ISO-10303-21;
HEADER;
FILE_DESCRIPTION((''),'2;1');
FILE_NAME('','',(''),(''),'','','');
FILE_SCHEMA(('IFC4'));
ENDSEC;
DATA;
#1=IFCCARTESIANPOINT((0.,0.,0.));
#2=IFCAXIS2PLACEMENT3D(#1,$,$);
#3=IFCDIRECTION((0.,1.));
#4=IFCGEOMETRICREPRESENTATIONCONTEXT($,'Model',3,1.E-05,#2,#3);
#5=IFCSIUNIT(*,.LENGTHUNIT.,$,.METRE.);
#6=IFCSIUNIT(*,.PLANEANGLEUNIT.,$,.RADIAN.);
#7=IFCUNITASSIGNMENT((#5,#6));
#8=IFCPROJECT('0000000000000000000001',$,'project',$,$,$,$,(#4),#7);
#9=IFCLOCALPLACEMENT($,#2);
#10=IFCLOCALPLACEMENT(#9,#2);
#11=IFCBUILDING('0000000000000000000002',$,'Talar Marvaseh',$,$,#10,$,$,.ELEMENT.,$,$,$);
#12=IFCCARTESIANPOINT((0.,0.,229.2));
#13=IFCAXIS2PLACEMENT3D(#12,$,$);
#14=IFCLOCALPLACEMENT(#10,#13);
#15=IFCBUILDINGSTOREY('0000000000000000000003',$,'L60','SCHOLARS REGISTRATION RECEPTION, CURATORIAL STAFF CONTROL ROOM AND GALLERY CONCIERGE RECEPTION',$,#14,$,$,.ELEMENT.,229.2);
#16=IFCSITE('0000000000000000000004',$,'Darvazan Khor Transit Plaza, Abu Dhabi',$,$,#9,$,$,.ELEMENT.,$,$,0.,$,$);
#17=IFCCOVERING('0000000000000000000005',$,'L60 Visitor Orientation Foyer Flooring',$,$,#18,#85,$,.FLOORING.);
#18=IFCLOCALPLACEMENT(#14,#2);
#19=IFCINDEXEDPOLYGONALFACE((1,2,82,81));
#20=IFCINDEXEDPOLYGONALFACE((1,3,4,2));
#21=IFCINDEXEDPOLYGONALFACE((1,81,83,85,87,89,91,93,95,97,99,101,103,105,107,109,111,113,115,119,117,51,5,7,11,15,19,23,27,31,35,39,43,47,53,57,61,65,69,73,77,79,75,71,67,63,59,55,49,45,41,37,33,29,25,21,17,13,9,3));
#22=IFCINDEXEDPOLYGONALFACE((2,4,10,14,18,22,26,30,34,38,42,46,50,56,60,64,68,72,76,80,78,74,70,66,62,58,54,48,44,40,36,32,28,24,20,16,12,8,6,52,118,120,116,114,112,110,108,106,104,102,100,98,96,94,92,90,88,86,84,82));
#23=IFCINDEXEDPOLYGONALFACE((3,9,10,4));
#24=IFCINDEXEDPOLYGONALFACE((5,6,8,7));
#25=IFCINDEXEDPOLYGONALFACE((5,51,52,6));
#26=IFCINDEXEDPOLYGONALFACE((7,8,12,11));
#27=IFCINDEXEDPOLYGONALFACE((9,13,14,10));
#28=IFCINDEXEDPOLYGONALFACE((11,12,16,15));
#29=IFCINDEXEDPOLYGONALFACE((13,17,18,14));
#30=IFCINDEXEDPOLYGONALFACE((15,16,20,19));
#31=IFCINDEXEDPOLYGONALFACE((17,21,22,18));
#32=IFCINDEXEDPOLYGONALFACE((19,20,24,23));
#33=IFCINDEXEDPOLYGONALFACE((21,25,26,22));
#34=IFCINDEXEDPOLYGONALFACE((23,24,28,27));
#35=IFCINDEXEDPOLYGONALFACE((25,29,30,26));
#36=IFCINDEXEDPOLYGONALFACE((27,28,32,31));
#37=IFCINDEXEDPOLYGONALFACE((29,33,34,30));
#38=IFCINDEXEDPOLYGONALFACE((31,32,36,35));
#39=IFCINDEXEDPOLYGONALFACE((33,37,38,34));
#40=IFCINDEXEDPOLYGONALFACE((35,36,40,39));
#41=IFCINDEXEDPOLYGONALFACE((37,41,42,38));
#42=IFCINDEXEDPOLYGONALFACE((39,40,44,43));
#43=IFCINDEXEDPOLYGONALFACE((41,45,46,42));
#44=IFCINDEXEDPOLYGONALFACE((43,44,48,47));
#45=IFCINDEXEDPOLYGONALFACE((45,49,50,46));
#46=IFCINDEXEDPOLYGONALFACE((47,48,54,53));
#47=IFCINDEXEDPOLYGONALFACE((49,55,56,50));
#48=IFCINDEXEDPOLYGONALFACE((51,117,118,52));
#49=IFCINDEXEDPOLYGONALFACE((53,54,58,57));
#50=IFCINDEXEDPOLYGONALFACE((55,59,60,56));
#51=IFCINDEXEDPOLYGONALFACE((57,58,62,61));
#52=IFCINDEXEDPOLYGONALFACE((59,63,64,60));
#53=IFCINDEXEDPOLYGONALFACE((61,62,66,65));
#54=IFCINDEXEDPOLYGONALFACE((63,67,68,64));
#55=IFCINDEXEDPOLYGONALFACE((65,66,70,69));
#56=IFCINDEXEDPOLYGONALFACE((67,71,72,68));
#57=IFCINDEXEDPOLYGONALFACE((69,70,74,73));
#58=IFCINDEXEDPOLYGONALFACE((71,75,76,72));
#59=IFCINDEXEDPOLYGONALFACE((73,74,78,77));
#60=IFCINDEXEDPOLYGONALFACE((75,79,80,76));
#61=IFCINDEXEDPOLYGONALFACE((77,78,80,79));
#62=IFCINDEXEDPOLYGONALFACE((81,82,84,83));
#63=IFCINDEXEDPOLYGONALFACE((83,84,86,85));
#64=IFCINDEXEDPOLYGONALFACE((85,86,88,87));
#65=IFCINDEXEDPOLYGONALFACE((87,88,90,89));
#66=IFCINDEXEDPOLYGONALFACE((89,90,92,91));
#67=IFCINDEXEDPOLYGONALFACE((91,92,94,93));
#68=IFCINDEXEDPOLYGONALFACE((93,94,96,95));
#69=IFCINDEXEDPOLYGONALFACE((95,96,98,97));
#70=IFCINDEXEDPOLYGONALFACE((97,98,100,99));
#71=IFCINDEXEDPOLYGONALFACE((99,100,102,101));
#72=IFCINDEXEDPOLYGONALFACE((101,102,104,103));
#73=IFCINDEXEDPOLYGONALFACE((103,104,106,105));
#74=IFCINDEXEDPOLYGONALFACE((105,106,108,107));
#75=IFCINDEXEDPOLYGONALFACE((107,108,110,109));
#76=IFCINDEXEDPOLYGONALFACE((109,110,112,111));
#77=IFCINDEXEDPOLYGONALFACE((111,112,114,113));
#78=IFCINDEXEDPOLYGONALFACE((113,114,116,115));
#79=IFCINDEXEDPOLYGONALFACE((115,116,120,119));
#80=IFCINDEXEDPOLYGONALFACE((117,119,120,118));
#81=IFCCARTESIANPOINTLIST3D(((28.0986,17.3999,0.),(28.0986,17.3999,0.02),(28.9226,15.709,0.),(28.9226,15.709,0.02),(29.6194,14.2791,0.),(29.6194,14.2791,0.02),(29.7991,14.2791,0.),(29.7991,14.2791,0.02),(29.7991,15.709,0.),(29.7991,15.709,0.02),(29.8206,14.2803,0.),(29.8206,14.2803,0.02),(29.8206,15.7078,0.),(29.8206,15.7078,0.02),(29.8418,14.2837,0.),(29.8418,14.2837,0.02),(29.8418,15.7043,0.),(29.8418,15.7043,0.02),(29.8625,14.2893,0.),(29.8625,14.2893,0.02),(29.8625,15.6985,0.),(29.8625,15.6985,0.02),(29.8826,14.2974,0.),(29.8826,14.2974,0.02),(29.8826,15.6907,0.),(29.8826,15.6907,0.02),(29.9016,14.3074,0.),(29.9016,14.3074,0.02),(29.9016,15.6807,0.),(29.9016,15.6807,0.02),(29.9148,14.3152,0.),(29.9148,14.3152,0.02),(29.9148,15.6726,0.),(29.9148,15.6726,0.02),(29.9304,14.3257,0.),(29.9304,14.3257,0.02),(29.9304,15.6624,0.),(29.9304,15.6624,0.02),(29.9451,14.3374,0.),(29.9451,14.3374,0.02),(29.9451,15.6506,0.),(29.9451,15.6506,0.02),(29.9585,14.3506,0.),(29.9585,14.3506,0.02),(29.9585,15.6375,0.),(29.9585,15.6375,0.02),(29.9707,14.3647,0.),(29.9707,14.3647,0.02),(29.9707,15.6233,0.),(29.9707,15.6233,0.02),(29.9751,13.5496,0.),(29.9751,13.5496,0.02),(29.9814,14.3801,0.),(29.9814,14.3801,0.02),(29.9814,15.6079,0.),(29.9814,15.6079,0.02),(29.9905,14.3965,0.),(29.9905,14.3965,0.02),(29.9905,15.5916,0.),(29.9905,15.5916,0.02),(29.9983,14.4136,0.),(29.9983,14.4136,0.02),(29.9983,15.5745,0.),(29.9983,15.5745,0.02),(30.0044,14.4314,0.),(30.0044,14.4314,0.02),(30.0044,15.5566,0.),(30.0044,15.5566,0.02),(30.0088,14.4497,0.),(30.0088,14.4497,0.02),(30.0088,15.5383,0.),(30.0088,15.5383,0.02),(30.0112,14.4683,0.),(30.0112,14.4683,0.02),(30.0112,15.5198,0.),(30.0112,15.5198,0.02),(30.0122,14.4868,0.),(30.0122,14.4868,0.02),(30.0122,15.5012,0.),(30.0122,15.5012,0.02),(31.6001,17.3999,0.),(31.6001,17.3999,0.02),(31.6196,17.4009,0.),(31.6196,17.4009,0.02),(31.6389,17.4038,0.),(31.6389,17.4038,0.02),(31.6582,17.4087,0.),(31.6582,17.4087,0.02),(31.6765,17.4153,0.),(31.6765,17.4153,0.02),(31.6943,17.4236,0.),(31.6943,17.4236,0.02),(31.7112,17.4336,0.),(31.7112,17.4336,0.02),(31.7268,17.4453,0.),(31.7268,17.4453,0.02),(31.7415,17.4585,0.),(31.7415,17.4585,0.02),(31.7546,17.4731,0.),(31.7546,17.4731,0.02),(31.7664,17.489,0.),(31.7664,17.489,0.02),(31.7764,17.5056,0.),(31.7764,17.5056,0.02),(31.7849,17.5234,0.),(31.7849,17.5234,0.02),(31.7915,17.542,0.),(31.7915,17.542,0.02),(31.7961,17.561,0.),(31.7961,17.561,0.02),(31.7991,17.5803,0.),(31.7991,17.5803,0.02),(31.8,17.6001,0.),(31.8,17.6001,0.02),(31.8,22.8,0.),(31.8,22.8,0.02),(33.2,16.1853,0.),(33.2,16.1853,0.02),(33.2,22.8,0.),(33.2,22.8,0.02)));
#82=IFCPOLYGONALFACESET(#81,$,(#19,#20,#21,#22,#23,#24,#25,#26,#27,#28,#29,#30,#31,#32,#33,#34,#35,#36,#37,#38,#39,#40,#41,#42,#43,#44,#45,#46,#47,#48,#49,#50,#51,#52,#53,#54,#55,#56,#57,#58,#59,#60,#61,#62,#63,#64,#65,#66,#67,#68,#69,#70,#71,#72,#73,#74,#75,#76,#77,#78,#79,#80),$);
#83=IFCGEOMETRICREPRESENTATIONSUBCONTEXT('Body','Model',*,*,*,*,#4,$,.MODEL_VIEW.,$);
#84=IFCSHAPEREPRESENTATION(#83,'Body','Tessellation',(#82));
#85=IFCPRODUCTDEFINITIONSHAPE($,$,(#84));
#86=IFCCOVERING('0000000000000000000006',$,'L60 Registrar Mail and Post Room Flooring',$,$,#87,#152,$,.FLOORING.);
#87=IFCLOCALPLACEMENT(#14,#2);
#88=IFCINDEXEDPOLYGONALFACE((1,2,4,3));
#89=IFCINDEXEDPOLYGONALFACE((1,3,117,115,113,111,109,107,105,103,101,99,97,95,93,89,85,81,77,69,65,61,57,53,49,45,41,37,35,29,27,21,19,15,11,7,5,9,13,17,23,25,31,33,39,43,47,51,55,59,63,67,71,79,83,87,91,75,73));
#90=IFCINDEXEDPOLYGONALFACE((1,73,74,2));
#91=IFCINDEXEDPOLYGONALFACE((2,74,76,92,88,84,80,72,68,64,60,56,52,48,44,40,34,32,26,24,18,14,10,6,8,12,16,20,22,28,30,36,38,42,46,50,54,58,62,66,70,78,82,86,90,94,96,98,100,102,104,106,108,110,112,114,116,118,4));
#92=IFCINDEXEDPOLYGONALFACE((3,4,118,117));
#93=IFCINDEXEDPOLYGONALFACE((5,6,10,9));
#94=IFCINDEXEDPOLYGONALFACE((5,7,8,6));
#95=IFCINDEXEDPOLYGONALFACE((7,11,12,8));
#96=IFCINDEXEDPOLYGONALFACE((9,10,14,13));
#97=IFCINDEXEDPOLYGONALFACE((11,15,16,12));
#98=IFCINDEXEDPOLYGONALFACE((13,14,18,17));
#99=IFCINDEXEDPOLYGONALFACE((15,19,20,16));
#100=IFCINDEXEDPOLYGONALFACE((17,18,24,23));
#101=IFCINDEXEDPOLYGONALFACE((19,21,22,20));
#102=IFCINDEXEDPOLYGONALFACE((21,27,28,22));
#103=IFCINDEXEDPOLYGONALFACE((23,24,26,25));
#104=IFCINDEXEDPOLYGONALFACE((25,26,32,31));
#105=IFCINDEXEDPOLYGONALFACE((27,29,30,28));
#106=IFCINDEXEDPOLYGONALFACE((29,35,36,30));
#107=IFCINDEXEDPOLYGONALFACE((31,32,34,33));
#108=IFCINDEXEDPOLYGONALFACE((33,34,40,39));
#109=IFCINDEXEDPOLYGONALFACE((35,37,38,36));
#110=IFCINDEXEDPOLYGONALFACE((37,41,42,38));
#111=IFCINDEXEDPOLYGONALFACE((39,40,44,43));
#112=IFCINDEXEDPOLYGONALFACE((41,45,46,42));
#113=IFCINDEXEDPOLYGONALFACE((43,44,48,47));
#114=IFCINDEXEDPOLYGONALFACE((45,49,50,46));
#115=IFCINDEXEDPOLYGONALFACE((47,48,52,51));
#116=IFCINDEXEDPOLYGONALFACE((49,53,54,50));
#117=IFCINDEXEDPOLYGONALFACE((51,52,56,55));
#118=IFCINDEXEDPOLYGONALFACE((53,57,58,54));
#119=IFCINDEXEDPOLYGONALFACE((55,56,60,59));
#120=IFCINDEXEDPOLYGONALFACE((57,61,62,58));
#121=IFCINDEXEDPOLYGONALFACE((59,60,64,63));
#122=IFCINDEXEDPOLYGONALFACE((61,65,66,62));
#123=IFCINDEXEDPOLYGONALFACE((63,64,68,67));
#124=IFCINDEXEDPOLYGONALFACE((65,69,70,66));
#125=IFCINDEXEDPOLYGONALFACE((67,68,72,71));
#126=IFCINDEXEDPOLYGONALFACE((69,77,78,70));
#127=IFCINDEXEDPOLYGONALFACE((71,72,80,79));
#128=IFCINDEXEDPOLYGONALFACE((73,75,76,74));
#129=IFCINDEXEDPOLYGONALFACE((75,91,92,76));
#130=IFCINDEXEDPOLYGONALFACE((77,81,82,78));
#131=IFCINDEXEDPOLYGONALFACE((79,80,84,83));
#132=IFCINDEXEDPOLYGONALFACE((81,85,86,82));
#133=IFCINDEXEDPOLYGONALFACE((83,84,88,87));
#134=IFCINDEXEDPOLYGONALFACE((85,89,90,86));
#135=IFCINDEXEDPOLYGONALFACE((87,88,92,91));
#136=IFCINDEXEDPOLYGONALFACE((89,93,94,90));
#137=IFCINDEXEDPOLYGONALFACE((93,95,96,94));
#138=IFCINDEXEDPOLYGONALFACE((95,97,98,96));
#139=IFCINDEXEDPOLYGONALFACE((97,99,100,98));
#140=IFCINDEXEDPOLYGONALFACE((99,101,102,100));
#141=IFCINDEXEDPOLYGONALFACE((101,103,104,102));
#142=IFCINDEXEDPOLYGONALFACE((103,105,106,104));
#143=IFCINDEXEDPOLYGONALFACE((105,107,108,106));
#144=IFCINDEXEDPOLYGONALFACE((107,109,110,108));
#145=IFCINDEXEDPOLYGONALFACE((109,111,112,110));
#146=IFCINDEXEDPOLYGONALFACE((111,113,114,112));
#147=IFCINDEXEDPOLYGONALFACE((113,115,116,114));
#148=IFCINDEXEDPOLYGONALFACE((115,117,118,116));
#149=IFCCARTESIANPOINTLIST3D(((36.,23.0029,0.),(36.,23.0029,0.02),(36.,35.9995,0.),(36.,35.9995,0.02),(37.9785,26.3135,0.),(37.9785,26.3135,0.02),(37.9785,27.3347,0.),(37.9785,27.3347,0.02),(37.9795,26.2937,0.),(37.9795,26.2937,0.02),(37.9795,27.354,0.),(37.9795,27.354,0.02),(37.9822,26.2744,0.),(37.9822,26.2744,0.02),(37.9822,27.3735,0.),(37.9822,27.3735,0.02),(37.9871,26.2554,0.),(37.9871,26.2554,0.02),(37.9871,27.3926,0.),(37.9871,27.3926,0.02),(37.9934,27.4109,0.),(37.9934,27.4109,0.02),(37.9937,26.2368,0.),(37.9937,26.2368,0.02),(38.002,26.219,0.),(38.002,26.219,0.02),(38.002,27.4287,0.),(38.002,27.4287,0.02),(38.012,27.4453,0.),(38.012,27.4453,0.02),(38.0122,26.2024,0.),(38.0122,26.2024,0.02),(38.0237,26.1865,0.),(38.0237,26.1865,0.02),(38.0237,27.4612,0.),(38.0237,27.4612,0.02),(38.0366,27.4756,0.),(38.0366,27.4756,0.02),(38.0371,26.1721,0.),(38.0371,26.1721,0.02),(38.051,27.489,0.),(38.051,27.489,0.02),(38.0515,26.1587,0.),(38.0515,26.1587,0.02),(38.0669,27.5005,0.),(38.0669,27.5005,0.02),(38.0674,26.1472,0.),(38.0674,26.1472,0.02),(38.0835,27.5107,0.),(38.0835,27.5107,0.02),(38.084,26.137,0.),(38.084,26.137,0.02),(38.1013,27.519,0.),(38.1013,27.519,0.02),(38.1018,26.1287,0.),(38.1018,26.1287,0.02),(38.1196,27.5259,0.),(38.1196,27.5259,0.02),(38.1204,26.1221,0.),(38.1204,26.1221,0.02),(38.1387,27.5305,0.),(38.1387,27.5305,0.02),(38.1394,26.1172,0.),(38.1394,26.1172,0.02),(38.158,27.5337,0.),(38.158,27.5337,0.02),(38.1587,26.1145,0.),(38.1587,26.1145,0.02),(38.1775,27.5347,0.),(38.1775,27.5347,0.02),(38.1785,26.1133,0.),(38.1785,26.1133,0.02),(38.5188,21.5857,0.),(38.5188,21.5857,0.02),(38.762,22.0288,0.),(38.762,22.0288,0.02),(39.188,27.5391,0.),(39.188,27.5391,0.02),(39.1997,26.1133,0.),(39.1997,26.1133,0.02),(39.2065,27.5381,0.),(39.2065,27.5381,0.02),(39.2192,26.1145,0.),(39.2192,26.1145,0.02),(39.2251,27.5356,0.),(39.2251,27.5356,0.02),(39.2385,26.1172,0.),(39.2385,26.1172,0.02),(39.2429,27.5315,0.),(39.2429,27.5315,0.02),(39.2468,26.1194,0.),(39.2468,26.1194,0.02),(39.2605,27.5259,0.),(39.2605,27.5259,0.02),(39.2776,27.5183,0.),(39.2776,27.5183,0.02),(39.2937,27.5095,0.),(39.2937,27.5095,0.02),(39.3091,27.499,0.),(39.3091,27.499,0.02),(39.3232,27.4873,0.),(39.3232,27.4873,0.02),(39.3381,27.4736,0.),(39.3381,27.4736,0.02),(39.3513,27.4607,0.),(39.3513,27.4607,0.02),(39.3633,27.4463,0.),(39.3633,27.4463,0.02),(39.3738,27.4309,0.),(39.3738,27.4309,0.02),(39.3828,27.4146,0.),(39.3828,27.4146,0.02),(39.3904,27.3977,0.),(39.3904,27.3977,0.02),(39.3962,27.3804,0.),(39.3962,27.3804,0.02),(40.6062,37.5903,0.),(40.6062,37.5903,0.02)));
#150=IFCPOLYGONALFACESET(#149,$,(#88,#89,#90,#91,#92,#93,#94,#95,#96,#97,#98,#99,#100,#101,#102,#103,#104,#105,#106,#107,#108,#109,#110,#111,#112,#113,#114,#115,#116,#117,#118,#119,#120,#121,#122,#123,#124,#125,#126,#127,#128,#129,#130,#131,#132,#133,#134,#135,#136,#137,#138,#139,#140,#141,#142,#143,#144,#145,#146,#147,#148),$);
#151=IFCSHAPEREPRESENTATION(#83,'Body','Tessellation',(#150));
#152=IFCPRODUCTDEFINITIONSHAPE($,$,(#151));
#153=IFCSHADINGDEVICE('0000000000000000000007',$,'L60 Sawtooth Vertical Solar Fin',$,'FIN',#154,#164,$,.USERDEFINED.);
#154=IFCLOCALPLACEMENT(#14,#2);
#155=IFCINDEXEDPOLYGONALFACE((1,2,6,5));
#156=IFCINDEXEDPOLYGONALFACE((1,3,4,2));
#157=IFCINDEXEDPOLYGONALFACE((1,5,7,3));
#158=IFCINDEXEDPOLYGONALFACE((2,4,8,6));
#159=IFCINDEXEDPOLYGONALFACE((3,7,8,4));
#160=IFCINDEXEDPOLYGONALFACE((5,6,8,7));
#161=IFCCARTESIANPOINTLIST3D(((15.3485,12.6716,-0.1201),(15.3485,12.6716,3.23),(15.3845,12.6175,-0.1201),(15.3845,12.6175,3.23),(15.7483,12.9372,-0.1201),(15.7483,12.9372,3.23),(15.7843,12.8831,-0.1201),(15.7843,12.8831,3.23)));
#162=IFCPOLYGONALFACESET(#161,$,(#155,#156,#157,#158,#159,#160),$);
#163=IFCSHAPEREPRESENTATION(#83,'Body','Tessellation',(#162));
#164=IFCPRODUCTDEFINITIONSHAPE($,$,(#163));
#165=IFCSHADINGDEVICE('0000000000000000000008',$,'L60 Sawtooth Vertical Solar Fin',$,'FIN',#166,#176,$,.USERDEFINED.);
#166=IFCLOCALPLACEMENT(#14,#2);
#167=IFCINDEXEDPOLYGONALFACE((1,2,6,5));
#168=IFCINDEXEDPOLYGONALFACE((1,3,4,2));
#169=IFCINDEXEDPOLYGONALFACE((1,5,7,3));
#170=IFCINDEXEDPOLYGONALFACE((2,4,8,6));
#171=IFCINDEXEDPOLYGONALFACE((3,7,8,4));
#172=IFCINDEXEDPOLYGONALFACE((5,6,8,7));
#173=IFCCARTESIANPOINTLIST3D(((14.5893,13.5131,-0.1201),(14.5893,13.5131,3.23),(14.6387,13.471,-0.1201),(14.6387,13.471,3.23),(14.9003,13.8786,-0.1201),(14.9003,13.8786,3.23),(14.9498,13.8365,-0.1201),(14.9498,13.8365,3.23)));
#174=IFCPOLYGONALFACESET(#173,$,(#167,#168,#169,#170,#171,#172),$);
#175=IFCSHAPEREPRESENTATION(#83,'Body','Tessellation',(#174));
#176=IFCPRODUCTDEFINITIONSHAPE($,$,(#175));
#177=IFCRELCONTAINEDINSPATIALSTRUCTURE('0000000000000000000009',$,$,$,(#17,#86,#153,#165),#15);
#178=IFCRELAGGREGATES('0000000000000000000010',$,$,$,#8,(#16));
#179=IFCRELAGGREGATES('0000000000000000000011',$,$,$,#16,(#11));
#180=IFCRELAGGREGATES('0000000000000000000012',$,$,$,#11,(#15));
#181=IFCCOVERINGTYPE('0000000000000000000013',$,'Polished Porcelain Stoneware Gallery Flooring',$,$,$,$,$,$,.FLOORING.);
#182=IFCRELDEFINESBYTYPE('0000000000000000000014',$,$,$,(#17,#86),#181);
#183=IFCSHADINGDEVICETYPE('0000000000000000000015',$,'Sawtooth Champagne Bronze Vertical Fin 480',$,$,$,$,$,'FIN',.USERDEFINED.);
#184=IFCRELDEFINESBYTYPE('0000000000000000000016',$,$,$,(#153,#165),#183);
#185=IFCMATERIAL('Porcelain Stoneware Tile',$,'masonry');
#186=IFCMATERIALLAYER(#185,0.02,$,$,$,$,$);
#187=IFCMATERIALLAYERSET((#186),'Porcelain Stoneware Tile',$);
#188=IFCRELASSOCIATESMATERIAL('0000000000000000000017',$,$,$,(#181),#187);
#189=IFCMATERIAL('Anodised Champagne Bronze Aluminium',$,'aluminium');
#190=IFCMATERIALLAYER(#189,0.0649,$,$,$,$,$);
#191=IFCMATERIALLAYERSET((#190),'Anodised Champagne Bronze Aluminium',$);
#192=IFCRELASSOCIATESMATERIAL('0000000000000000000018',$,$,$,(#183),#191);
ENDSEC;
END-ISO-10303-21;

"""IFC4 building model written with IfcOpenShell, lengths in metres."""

from ifc_helpers import new_model, si_unit, direction, frame, origin, origin_2d, place, context, subcontext, project, spatial, polyline, rectangle, outline, extrude, source, transform, mapped, material, layer, layer_set, type_object, type_shapes, element, save


model = new_model("IFC4")

# Units and contexts
model_context = context("Model", 3, precision=1e-05, world=origin(), true_north=direction((0.0, 1.0)))
body_context = subcontext(model_context, "Body", "Model", "MODEL_VIEW")
ifc_project = project(units=[si_unit("LENGTHUNIT", "METRE"), si_unit("PLANEANGLEUNIT", "RADIAN")], contexts=[model_context])

# Site, building, storey
site_placement = place(None, origin())
site = spatial("IfcSite", under=ifc_project, at=site_placement, Name="Darvazan Khor Transit Plaza, Abu Dhabi", CompositionType="ELEMENT", RefElevation=0.0)
building_placement = place(site_placement, origin())
building = spatial("IfcBuilding", under=site, at=building_placement, Name="Talar Marvaseh", CompositionType="ELEMENT")
storey_placement = place(building_placement, frame((0.0, 0.0, 229.2)))
storey = spatial("IfcBuildingStorey", under=building, at=storey_placement, Name="L60", Description="SCHOLARS REGISTRATION RECEPTION, CURATORIAL STAFF CONTROL ROOM AND GALLERY CONCIERGE RECEPTION", CompositionType="ELEMENT", Elevation=229.2)

# Coverings
ifc_material_1 = material(Name="Porcelain Stoneware Tile", Category="masonry")
ifc_layer_1 = layer(ifc_material_1, 0.02)
ifc_layer_set_1 = layer_set([ifc_layer_1], Name="Porcelain Stoneware Tile")
covering_type_1 = type_object("IfcCoveringType", Name="Polished Porcelain Stoneware Gallery Flooring", PredefinedType="FLOORING", material=ifc_layer_set_1)
covering_1_placement = place(storey_placement, origin())
element("IfcCovering", 1, at=covering_1_placement, inside=storey, type_object=covering_type_1, Name="L60 Visitor Orientation Foyer Flooring", PredefinedType="FLOORING", context=body_context, shape_type="SweptSolid", body=[
    extrude(outline(polyline([(29.7991, 14.2791), (29.8206, 14.2803), (29.8418, 14.2837), (29.8625, 14.2893), (29.8826, 14.2974), (29.9016, 14.3074), (29.9148, 14.3152), (29.9304, 14.3257), (29.9451, 14.3374), (29.9585, 14.3506), (29.9707, 14.3647), (29.9814, 14.3801), (29.9905, 14.3965), (29.9983, 14.4136), (30.0044, 14.4314), (30.0088, 14.4497), (30.0112, 14.4683), (30.0122, 14.4868), (30.0122, 15.5012), (30.0112, 15.5198), (30.0088, 15.5383), (30.0044, 15.5566), (29.9983, 15.5745), (29.9905, 15.5916), (29.9814, 15.6079), (29.9707, 15.6233), (29.9585, 15.6375), (29.9451, 15.6506), (29.9304, 15.6624), (29.9148, 15.6726), (29.9016, 15.6807), (29.8826, 15.6907), (29.8625, 15.6985), (29.8418, 15.7043), (29.8206, 15.7078), (29.7991, 15.709), (28.9226, 15.709), (28.0986, 17.3999), (31.6001, 17.3999), (31.6196, 17.4009), (31.6389, 17.4038), (31.6582, 17.4087), (31.6765, 17.4153), (31.6943, 17.4236), (31.7112, 17.4336), (31.7268, 17.4453), (31.7415, 17.4585), (31.7546, 17.4731), (31.7664, 17.489), (31.7764, 17.5056), (31.7849, 17.5234), (31.7915, 17.542), (31.7961, 17.561), (31.7991, 17.5803), (31.8, 17.6001), (31.8, 22.8), (33.2, 22.8), (33.2, 16.1853), (29.9751, 13.5496), (29.6194, 14.2791), (29.7991, 14.2791)])), origin(), (0.0, 0.0, 1.0), 0.02),
])
covering_2_placement = place(storey_placement, origin())
element("IfcCovering", 2, at=covering_2_placement, inside=storey, type_object=covering_type_1, Name="L60 Registrar Mail and Post Room Flooring", PredefinedType="FLOORING", context=body_context, shape_type="SweptSolid", body=[
    extrude(outline(polyline([(40.6062, 37.5903), (39.3962, 27.3804), (39.3904, 27.3977), (39.3828, 27.4146), (39.3738, 27.4309), (39.3633, 27.4463), (39.3513, 27.4607), (39.3381, 27.4736), (39.3232, 27.4873), (39.3091, 27.499), (39.2937, 27.5095), (39.2776, 27.5183), (39.2605, 27.5259), (39.2429, 27.5315), (39.2251, 27.5356), (39.2065, 27.5381), (39.188, 27.5391), (38.1775, 27.5347), (38.158, 27.5337), (38.1387, 27.5305), (38.1196, 27.5259), (38.1013, 27.519), (38.0835, 27.5107), (38.0669, 27.5005), (38.051, 27.489), (38.0366, 27.4756), (38.0237, 27.4612), (38.012, 27.4453), (38.002, 27.4287), (37.9934, 27.4109), (37.9871, 27.3926), (37.9822, 27.3735), (37.9795, 27.354), (37.9785, 27.3347), (37.9785, 26.3135), (37.9795, 26.2937), (37.9822, 26.2744), (37.9871, 26.2554), (37.9937, 26.2368), (38.002, 26.219), (38.0122, 26.2024), (38.0237, 26.1865), (38.0371, 26.1721), (38.0515, 26.1587), (38.0674, 26.1472), (38.084, 26.137), (38.1018, 26.1287), (38.1204, 26.1221), (38.1394, 26.1172), (38.1587, 26.1145), (38.1785, 26.1133), (39.1997, 26.1133), (39.2192, 26.1145), (39.2385, 26.1172), (39.2468, 26.1194), (38.762, 22.0288), (38.5188, 21.5857), (36.0, 23.0029), (36.0, 35.9995), (40.6062, 37.5903)])), origin(), (0.0, 0.0, 1.0), 0.02),
])

# Shading devices
ifc_material_2 = material(Name="Anodised Champagne Bronze Aluminium", Category="aluminium")
ifc_layer_2 = layer(ifc_material_2, 0.0649)
ifc_layer_set_2 = layer_set([ifc_layer_2], Name="Anodised Champagne Bronze Aluminium")
shading_device_type = type_object("IfcShadingDeviceType", Name="Sawtooth Champagne Bronze Vertical Fin 480", ElementType="FIN", PredefinedType="USERDEFINED", material=ifc_layer_set_2)
shared_shape_1 = source(origin(), body_context, "Body", "SweptSolid", [
    extrude(rectangle(XDim=0.48, YDim=0.0649, at=origin_2d()), origin(), (0.0, 0.0, 1.0), 3.3501),
])
type_shapes(shading_device_type, [shared_shape_1])
for number, where, z_axis, x_axis, name in (
    (3, (15.5664, 12.7773, -0.1201), (0.0, 0.0, 1.0), (-0.832921, -0.553392, 0.0), "L60 Sawtooth Vertical Solar Fin"),
    (4, (14.7695, 13.6748, -0.1201), (0.0, 0.0, 1.0), (-0.64812, -0.761538, 0.0), "L60 Sawtooth Vertical Solar Fin"),
):
    element("IfcShadingDevice", number, at=place(storey_placement, frame(where, z_axis=z_axis, x_axis=x_axis)), inside=storey, type_object=shading_device_type, Name=name, ObjectType="FIN", PredefinedType="USERDEFINED", context=body_context, shape_type="MappedRepresentation", body=[
        mapped(shared_shape_1, transform((0.0, 0.0, 0.0), x_axis=(1.0, 0.0, 0.0), y_axis=(0.0, 1.0, 0.0), z_axis=(0.0, 0.0, 1.0), scale=1.0)),
    ])

save(model, "model.ifc")
